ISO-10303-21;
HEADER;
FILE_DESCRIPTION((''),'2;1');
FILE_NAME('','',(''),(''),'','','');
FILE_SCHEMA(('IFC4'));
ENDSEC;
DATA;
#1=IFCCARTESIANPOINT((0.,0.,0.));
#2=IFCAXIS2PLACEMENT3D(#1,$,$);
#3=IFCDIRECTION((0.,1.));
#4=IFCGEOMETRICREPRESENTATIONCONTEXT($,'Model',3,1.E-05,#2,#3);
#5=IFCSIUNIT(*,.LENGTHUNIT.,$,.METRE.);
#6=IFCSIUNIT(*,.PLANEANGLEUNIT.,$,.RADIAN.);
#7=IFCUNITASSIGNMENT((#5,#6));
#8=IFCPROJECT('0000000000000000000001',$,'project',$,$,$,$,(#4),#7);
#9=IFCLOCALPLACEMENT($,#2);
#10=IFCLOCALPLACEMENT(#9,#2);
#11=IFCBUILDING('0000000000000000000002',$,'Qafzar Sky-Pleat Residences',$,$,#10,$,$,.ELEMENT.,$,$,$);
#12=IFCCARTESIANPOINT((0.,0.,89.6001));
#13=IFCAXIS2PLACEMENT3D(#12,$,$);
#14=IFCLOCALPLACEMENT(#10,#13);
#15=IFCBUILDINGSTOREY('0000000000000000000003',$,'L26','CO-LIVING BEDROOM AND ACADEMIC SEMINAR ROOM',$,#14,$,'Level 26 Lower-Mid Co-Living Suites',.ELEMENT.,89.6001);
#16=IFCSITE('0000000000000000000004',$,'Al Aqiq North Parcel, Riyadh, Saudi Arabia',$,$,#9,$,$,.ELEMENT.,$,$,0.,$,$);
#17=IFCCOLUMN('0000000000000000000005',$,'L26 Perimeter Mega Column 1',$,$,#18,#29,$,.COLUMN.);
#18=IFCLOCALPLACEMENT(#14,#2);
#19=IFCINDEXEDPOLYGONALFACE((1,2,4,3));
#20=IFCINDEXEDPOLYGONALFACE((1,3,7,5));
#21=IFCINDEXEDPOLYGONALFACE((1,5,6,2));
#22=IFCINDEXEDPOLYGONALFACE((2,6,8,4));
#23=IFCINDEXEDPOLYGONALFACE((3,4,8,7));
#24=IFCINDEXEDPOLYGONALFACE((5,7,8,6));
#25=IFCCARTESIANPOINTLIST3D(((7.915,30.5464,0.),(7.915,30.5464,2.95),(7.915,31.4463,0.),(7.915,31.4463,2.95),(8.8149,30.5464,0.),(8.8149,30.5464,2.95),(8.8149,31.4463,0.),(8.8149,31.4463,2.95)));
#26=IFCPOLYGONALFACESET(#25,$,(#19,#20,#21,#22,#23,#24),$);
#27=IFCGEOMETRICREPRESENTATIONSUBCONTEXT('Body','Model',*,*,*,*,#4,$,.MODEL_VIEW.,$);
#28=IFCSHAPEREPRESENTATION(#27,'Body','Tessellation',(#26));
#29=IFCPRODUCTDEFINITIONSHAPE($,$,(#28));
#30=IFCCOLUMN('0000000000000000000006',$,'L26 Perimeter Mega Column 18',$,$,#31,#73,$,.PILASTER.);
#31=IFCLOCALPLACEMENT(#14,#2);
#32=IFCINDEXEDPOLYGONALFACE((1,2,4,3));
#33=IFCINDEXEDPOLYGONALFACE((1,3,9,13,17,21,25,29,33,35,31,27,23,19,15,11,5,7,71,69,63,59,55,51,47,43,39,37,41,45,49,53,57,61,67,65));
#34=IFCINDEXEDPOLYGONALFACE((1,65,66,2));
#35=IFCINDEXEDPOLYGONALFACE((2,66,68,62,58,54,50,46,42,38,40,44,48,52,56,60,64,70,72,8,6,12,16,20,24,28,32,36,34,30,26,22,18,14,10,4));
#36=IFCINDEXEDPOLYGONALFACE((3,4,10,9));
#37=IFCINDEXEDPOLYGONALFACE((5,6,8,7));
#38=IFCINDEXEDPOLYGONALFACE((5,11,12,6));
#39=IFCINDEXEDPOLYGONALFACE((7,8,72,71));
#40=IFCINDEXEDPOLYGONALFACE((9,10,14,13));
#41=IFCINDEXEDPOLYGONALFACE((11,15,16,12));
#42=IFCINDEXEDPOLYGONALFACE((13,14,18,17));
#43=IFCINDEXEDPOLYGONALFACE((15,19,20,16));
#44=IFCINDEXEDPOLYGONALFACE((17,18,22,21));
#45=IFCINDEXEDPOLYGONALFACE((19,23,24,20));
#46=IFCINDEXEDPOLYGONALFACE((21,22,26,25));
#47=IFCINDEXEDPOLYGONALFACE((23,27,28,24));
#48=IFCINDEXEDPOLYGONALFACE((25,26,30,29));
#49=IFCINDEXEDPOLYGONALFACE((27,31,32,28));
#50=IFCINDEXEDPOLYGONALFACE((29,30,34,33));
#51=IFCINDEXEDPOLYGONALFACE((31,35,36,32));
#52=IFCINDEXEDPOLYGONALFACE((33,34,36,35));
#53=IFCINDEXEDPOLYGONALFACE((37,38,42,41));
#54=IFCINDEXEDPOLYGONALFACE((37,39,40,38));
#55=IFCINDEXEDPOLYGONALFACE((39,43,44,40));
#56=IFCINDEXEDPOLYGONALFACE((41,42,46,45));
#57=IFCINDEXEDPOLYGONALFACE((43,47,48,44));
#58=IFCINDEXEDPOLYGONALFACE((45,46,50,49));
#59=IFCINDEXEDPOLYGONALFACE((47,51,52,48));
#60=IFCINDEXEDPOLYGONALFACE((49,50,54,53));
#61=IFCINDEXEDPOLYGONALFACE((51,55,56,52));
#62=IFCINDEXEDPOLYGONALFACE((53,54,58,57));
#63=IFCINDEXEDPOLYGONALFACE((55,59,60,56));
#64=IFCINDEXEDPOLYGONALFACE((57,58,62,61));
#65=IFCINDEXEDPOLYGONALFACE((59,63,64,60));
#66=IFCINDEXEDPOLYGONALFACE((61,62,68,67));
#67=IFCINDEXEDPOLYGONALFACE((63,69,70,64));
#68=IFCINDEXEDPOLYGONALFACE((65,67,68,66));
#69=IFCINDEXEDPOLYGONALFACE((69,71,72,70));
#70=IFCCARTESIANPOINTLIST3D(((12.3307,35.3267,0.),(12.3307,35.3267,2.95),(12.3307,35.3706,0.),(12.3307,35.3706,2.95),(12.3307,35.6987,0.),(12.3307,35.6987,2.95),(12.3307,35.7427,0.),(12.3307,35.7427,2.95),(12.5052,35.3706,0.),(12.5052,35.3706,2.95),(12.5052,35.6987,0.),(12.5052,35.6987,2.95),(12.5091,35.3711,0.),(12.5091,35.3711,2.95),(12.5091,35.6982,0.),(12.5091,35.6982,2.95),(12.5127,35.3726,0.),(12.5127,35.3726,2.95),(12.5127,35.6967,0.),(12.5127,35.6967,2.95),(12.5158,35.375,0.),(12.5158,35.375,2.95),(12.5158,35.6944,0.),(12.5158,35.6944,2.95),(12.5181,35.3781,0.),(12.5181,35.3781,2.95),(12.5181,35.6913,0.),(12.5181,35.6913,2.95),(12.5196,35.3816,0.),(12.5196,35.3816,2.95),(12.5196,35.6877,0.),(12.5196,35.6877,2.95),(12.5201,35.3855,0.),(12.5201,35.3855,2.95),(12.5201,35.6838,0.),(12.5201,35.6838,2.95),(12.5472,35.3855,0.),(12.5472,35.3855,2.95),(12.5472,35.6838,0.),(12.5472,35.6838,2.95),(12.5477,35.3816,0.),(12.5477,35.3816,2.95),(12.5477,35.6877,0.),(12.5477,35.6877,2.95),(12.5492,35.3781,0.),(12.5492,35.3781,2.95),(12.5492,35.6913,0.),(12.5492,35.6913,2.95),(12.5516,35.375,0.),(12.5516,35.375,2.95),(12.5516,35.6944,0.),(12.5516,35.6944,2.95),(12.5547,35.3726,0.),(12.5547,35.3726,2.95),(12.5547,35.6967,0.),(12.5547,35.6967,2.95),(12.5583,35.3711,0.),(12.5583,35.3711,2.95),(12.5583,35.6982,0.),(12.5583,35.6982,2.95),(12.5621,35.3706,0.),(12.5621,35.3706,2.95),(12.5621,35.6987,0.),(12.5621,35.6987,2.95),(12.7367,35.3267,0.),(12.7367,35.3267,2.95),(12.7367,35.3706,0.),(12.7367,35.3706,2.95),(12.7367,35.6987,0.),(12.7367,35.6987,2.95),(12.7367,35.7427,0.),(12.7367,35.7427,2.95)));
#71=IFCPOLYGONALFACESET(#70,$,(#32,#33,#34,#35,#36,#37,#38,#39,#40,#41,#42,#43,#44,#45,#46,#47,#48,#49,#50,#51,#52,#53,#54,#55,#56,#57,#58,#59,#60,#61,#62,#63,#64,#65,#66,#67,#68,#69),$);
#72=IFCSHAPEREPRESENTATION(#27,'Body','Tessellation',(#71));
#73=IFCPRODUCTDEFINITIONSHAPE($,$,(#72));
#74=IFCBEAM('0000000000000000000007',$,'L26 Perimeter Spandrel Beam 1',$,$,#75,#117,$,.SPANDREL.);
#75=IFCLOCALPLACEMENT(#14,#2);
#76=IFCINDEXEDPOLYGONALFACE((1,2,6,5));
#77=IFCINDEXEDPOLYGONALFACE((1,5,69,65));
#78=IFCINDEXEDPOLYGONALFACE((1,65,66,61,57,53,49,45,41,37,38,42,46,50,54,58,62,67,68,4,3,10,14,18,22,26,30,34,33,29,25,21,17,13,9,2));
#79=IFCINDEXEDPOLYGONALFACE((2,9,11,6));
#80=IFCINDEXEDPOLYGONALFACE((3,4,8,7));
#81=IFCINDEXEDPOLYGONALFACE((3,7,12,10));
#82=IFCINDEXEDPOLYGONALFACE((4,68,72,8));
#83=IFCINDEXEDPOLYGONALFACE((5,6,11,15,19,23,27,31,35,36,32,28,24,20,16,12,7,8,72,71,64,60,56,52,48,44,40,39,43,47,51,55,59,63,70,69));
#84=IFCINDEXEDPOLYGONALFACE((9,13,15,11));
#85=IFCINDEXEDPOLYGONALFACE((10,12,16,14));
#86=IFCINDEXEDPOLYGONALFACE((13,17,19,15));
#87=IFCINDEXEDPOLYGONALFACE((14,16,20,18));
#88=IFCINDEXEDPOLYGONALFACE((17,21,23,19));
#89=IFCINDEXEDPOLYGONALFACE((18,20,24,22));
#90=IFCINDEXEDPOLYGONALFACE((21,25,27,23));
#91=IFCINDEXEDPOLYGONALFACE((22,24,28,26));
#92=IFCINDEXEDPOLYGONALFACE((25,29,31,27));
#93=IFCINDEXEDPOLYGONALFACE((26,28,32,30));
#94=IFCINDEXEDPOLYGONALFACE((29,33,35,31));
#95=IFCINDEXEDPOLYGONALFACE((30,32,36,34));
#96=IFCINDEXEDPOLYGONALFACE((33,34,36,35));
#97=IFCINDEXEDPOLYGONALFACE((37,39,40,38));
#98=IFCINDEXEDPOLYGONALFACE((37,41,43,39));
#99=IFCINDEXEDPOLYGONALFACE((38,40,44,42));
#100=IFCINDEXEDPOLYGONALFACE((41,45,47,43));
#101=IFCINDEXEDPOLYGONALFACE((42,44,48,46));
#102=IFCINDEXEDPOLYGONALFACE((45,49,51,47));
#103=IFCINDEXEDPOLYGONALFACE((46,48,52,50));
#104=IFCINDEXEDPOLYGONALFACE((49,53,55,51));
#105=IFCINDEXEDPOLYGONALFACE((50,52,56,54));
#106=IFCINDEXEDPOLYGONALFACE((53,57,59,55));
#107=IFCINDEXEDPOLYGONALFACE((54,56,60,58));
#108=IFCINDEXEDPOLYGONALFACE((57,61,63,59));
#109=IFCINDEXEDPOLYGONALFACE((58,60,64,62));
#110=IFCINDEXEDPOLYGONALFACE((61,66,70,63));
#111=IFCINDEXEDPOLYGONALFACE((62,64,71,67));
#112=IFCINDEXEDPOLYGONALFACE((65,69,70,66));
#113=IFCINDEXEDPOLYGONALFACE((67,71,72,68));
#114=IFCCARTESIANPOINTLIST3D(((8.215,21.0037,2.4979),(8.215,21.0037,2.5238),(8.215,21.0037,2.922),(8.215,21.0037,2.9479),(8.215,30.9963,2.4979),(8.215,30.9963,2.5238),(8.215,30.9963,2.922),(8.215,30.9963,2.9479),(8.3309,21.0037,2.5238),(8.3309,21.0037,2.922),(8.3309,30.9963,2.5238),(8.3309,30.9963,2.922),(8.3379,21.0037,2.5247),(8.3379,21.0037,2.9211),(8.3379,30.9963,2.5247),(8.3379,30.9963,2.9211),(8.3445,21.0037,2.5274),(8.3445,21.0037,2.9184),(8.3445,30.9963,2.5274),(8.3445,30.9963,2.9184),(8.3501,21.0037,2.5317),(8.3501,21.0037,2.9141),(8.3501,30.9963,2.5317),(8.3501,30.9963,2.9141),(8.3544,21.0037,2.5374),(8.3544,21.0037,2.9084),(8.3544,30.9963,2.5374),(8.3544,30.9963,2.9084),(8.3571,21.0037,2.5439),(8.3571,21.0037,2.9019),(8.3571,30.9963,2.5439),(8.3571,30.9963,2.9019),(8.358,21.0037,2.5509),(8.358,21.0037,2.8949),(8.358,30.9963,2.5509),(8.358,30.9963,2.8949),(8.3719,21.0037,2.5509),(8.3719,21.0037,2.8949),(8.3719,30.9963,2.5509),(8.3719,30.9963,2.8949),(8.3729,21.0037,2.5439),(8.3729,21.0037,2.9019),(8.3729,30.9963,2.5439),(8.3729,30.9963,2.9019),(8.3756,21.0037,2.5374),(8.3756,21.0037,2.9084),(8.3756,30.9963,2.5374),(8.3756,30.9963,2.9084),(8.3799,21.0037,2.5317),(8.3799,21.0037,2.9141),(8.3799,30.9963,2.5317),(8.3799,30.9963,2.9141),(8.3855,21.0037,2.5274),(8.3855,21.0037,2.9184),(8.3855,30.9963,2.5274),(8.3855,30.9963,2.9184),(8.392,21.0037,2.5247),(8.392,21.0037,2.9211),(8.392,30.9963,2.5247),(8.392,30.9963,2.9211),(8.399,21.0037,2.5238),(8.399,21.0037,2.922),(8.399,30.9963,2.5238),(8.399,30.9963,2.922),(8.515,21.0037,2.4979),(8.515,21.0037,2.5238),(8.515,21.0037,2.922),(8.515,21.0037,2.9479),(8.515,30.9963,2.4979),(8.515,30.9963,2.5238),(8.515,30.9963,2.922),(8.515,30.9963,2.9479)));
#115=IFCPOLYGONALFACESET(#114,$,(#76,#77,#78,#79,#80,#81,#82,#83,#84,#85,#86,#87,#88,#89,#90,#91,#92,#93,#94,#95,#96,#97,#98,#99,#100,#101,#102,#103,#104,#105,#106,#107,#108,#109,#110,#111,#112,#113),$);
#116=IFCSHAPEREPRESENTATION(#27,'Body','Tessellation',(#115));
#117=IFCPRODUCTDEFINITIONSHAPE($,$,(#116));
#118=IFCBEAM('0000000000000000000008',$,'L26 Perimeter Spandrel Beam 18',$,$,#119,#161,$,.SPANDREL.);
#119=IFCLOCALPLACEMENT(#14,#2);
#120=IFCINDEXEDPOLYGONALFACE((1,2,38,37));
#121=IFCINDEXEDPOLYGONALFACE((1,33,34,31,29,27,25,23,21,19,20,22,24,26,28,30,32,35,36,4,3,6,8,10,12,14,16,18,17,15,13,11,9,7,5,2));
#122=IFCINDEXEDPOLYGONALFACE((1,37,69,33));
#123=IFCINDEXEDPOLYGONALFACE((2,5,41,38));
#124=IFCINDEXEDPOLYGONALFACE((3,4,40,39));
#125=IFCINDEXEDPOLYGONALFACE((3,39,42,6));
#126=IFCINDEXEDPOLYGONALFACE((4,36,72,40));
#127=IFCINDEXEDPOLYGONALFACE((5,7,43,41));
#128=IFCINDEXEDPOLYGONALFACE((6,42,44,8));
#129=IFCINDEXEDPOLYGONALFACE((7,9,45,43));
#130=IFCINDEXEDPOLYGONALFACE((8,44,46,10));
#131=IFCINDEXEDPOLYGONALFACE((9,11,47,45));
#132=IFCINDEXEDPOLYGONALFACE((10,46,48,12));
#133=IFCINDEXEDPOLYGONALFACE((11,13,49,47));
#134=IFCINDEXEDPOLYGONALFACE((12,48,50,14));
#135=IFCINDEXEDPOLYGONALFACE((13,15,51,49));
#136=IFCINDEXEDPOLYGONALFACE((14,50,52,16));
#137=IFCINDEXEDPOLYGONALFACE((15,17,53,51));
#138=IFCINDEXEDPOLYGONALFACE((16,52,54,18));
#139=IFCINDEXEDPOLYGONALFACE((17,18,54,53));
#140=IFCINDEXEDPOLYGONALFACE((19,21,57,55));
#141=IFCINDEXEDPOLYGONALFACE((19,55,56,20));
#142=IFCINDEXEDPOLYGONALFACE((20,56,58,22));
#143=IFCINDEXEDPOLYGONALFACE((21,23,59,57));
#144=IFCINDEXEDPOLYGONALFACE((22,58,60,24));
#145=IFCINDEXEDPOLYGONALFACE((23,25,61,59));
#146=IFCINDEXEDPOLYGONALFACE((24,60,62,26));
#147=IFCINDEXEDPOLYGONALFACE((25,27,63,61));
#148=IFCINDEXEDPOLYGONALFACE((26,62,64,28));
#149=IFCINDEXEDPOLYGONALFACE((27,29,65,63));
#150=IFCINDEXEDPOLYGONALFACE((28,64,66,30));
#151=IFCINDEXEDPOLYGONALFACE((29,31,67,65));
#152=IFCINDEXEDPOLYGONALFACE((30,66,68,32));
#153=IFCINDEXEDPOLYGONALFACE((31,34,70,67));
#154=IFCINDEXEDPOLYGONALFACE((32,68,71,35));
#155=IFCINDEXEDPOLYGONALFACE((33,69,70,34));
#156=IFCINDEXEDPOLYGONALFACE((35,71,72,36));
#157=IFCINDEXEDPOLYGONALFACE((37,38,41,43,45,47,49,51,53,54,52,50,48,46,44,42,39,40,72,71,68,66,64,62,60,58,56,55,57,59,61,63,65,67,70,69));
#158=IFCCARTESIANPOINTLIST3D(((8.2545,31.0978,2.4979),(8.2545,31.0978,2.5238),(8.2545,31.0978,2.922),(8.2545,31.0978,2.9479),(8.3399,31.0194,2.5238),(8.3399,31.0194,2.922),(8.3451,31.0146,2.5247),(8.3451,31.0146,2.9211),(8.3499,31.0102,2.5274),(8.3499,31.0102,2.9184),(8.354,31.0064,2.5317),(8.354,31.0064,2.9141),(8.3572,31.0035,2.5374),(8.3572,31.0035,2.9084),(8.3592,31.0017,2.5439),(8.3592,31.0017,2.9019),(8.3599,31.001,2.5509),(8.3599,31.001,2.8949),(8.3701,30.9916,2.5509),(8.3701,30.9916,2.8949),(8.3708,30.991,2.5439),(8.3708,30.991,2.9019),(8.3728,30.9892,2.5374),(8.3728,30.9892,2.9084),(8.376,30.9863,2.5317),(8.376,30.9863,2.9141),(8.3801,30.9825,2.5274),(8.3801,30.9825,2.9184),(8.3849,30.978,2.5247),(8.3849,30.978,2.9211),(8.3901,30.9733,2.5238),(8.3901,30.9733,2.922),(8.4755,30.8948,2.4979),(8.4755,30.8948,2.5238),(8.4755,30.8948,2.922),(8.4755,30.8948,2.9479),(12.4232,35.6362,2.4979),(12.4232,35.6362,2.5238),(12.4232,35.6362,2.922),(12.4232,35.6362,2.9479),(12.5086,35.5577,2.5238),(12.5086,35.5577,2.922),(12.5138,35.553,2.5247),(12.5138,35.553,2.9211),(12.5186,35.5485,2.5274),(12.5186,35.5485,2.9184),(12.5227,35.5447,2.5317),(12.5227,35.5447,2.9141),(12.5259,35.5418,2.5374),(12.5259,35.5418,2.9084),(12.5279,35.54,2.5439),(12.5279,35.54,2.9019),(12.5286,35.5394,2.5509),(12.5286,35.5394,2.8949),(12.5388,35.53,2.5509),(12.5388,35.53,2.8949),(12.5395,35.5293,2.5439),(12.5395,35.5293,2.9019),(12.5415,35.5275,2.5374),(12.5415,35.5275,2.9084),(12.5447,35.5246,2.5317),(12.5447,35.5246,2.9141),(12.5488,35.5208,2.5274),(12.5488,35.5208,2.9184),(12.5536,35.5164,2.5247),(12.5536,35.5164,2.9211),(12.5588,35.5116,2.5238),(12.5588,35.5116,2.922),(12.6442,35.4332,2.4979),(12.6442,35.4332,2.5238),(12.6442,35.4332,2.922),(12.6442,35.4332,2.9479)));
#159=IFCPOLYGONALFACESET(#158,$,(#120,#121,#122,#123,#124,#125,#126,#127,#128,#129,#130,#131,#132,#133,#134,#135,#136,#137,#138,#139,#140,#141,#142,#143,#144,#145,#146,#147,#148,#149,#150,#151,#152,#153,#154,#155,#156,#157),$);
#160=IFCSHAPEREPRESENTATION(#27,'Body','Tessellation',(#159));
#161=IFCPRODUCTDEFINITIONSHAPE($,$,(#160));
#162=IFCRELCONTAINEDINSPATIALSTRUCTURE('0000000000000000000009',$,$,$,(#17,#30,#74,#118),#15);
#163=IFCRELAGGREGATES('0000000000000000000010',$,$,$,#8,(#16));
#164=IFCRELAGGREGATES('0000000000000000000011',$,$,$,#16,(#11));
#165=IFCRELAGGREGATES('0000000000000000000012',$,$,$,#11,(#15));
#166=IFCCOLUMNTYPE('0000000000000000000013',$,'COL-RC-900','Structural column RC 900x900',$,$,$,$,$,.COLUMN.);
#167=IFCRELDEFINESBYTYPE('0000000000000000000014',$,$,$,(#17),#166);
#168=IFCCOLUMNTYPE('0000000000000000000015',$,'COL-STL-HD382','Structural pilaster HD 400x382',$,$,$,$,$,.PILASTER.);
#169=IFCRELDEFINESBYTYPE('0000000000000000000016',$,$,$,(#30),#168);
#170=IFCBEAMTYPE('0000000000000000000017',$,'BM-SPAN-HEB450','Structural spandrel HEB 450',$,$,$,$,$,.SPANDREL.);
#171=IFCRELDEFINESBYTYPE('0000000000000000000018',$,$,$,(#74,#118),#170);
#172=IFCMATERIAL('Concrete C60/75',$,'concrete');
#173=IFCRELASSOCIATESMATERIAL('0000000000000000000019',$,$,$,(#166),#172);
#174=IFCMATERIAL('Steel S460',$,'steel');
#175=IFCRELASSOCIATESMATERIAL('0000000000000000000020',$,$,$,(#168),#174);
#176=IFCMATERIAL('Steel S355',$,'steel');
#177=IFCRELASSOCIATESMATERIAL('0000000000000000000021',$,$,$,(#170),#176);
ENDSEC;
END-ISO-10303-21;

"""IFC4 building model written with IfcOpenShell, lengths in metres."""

from ifc_helpers import new_model, si_unit, direction, frame, origin, origin_2d, place, context, subcontext, project, spatial, rectangle, i_section, extrude, source, transform, mapped, material, material_profile, profile_set, type_object, element, save


model = new_model("IFC4")

# Units and contexts
model_context = context("Model", 3, precision=1e-05, world=origin(), true_north=direction((0.0, 1.0)))
body_context = subcontext(model_context, "Body", "Model", "MODEL_VIEW")
ifc_project = project(units=[si_unit("LENGTHUNIT", "METRE"), si_unit("PLANEANGLEUNIT", "RADIAN")], contexts=[model_context])

# Site, building, storey
site_placement = place(None, origin())
site = spatial("IfcSite", under=ifc_project, at=site_placement, Name="Al Aqiq North Parcel, Riyadh, Saudi Arabia", CompositionType="ELEMENT", RefElevation=0.0)
building_placement = place(site_placement, origin())
building = spatial("IfcBuilding", under=site, at=building_placement, Name="Qafzar Sky-Pleat Residences", CompositionType="ELEMENT")
storey_placement = place(building_placement, frame((0.0, 0.0, 89.6001)))
storey = spatial("IfcBuildingStorey", under=building, at=storey_placement, Name="L26", Description="CO-LIVING BEDROOM AND ACADEMIC SEMINAR ROOM", LongName="Level 26 Lower-Mid Co-Living Suites", CompositionType="ELEMENT", Elevation=89.6001)

# Columns
ifc_material_1 = material(Name="Concrete C60/75", Category="concrete")
ifc_material_profile_1 = material_profile(ifc_material_1, rectangle(XDim=0.8999, YDim=0.8999, at=origin_2d()), Name="RC 900x900")
ifc_profile_set_1 = profile_set([ifc_material_profile_1], Name="Concrete C60/75")
column_type_1 = type_object("IfcColumnType", Name="COL-RC-900", Description="Structural column RC 900x900", PredefinedType="COLUMN", material=ifc_profile_set_1)
shared_shape_1 = source(origin(), body_context, "Body", "SweptSolid", [
    extrude(rectangle(XDim=0.8999, YDim=0.8999, at=origin_2d()), origin(), (0.0, 0.0, 1.0), 2.95),
])
column_1_placement = place(storey_placement, frame((8.365, 30.9963, 0.0), z_axis=(0.0, 0.0, 1.0), x_axis=(1.0, 0.0, 0.0)))
element("IfcColumn", 1, at=column_1_placement, inside=storey, type_object=column_type_1, Name="L26 Perimeter Mega Column 1", PredefinedType="COLUMN", context=body_context, shape_type="MappedRepresentation", body=[
    mapped(shared_shape_1, transform((0.0, 0.0, 0.0), x_axis=(1.0, 0.0, 0.0), y_axis=(0.0, 1.0, 0.0), z_axis=(0.0, 0.0, 1.0), scale=1.0)),
])
ifc_material_2 = material(Name="Steel S460", Category="steel")
ifc_material_profile_2 = material_profile(ifc_material_2, i_section(OverallWidth=0.406, OverallDepth=0.416, WebThickness=0.0271, FlangeThickness=0.0439, FilletRadius=0.0149, at=origin_2d()), Name="HD 400x382")
ifc_profile_set_2 = profile_set([ifc_material_profile_2], Name="Steel S460")
column_type_2 = type_object("IfcColumnType", Name="COL-STL-HD382", Description="Structural pilaster HD 400x382", PredefinedType="PILASTER", material=ifc_profile_set_2)
shared_shape_2 = source(origin(), body_context, "Body", "SweptSolid", [
    extrude(i_section(OverallWidth=0.406, OverallDepth=0.416, WebThickness=0.0271, FlangeThickness=0.0439, FilletRadius=0.0149, at=origin_2d()), origin(), (0.0, 0.0, 1.0), 2.95),
])
column_2_placement = place(storey_placement, frame((12.5337, 35.5347, 0.0), z_axis=(0.0, 0.0, 1.0), x_axis=(1.0, 0.0, 0.0)))
element("IfcColumn", 2, at=column_2_placement, inside=storey, type_object=column_type_2, Name="L26 Perimeter Mega Column 18", PredefinedType="PILASTER", context=body_context, shape_type="MappedRepresentation", body=[
    mapped(shared_shape_2, transform((0.0, 0.0, 0.0), x_axis=(1.0, 0.0, 0.0), y_axis=(0.0, 1.0, 0.0), z_axis=(0.0, 0.0, 1.0), scale=1.0)),
])

# Beams
ifc_material_3 = material(Name="Steel S355", Category="steel")
ifc_material_profile_3 = material_profile(ifc_material_3, i_section(OverallWidth=0.3, OverallDepth=0.45, WebThickness=0.0139, FlangeThickness=0.0259, FilletRadius=0.0271, at=origin_2d()), Name="HEB 450")
ifc_profile_set_3 = profile_set([ifc_material_profile_3], Name="Steel S355")
beam_type_1 = type_object("IfcBeamType", Name="BM-SPAN-HEB450", Description="Structural spandrel HEB 450", PredefinedType="SPANDREL", material=ifc_profile_set_3)
shared_shape_3 = source(origin(), body_context, "Body", "SweptSolid", [
    extrude(i_section(OverallWidth=0.3, OverallDepth=0.45, WebThickness=0.0139, FlangeThickness=0.0259, FilletRadius=0.0271, at=origin_2d()), origin(), (0.0, 0.0, 1.0), 9.9927),
])
beam_1_placement = place(storey_placement, frame((8.365, 30.9963, 2.7229), z_axis=(0.0, -1.0, 0.0), x_axis=(1.0, 0.0, 0.0)))
element("IfcBeam", 3, at=beam_1_placement, inside=storey, type_object=beam_type_1, Name="L26 Perimeter Spandrel Beam 1", PredefinedType="SPANDREL", context=body_context, shape_type="MappedRepresentation", body=[
    mapped(shared_shape_3, transform((0.0, 0.0, 0.0), x_axis=(1.0, 0.0, 0.0), y_axis=(0.0, 1.0, 0.0), z_axis=(0.0, 0.0, 1.0), scale=1.0)),
])
shared_shape_4 = source(origin(), body_context, "Body", "SweptSolid", [
    extrude(i_section(OverallWidth=0.3, OverallDepth=0.45, WebThickness=0.0139, FlangeThickness=0.0259, FilletRadius=0.0271, at=origin_2d()), origin(), (0.0, 0.0, 1.0), 6.1624),
])
beam_2_placement = place(storey_placement, frame((12.5337, 35.5347, 2.7229), z_axis=(-0.67648, -0.736461, 0.0), x_axis=(0.736461, -0.67648, 0.0)))
element("IfcBeam", 4, at=beam_2_placement, inside=storey, type_object=beam_type_1, Name="L26 Perimeter Spandrel Beam 18", PredefinedType="SPANDREL", context=body_context, shape_type="MappedRepresentation", body=[
    mapped(shared_shape_4, transform((0.0, 0.0, 0.0), x_axis=(1.0, 0.0, 0.0), y_axis=(0.0, 1.0, 0.0), z_axis=(0.0, 0.0, 1.0), scale=1.0)),
])

save(model, "model.ifc")
